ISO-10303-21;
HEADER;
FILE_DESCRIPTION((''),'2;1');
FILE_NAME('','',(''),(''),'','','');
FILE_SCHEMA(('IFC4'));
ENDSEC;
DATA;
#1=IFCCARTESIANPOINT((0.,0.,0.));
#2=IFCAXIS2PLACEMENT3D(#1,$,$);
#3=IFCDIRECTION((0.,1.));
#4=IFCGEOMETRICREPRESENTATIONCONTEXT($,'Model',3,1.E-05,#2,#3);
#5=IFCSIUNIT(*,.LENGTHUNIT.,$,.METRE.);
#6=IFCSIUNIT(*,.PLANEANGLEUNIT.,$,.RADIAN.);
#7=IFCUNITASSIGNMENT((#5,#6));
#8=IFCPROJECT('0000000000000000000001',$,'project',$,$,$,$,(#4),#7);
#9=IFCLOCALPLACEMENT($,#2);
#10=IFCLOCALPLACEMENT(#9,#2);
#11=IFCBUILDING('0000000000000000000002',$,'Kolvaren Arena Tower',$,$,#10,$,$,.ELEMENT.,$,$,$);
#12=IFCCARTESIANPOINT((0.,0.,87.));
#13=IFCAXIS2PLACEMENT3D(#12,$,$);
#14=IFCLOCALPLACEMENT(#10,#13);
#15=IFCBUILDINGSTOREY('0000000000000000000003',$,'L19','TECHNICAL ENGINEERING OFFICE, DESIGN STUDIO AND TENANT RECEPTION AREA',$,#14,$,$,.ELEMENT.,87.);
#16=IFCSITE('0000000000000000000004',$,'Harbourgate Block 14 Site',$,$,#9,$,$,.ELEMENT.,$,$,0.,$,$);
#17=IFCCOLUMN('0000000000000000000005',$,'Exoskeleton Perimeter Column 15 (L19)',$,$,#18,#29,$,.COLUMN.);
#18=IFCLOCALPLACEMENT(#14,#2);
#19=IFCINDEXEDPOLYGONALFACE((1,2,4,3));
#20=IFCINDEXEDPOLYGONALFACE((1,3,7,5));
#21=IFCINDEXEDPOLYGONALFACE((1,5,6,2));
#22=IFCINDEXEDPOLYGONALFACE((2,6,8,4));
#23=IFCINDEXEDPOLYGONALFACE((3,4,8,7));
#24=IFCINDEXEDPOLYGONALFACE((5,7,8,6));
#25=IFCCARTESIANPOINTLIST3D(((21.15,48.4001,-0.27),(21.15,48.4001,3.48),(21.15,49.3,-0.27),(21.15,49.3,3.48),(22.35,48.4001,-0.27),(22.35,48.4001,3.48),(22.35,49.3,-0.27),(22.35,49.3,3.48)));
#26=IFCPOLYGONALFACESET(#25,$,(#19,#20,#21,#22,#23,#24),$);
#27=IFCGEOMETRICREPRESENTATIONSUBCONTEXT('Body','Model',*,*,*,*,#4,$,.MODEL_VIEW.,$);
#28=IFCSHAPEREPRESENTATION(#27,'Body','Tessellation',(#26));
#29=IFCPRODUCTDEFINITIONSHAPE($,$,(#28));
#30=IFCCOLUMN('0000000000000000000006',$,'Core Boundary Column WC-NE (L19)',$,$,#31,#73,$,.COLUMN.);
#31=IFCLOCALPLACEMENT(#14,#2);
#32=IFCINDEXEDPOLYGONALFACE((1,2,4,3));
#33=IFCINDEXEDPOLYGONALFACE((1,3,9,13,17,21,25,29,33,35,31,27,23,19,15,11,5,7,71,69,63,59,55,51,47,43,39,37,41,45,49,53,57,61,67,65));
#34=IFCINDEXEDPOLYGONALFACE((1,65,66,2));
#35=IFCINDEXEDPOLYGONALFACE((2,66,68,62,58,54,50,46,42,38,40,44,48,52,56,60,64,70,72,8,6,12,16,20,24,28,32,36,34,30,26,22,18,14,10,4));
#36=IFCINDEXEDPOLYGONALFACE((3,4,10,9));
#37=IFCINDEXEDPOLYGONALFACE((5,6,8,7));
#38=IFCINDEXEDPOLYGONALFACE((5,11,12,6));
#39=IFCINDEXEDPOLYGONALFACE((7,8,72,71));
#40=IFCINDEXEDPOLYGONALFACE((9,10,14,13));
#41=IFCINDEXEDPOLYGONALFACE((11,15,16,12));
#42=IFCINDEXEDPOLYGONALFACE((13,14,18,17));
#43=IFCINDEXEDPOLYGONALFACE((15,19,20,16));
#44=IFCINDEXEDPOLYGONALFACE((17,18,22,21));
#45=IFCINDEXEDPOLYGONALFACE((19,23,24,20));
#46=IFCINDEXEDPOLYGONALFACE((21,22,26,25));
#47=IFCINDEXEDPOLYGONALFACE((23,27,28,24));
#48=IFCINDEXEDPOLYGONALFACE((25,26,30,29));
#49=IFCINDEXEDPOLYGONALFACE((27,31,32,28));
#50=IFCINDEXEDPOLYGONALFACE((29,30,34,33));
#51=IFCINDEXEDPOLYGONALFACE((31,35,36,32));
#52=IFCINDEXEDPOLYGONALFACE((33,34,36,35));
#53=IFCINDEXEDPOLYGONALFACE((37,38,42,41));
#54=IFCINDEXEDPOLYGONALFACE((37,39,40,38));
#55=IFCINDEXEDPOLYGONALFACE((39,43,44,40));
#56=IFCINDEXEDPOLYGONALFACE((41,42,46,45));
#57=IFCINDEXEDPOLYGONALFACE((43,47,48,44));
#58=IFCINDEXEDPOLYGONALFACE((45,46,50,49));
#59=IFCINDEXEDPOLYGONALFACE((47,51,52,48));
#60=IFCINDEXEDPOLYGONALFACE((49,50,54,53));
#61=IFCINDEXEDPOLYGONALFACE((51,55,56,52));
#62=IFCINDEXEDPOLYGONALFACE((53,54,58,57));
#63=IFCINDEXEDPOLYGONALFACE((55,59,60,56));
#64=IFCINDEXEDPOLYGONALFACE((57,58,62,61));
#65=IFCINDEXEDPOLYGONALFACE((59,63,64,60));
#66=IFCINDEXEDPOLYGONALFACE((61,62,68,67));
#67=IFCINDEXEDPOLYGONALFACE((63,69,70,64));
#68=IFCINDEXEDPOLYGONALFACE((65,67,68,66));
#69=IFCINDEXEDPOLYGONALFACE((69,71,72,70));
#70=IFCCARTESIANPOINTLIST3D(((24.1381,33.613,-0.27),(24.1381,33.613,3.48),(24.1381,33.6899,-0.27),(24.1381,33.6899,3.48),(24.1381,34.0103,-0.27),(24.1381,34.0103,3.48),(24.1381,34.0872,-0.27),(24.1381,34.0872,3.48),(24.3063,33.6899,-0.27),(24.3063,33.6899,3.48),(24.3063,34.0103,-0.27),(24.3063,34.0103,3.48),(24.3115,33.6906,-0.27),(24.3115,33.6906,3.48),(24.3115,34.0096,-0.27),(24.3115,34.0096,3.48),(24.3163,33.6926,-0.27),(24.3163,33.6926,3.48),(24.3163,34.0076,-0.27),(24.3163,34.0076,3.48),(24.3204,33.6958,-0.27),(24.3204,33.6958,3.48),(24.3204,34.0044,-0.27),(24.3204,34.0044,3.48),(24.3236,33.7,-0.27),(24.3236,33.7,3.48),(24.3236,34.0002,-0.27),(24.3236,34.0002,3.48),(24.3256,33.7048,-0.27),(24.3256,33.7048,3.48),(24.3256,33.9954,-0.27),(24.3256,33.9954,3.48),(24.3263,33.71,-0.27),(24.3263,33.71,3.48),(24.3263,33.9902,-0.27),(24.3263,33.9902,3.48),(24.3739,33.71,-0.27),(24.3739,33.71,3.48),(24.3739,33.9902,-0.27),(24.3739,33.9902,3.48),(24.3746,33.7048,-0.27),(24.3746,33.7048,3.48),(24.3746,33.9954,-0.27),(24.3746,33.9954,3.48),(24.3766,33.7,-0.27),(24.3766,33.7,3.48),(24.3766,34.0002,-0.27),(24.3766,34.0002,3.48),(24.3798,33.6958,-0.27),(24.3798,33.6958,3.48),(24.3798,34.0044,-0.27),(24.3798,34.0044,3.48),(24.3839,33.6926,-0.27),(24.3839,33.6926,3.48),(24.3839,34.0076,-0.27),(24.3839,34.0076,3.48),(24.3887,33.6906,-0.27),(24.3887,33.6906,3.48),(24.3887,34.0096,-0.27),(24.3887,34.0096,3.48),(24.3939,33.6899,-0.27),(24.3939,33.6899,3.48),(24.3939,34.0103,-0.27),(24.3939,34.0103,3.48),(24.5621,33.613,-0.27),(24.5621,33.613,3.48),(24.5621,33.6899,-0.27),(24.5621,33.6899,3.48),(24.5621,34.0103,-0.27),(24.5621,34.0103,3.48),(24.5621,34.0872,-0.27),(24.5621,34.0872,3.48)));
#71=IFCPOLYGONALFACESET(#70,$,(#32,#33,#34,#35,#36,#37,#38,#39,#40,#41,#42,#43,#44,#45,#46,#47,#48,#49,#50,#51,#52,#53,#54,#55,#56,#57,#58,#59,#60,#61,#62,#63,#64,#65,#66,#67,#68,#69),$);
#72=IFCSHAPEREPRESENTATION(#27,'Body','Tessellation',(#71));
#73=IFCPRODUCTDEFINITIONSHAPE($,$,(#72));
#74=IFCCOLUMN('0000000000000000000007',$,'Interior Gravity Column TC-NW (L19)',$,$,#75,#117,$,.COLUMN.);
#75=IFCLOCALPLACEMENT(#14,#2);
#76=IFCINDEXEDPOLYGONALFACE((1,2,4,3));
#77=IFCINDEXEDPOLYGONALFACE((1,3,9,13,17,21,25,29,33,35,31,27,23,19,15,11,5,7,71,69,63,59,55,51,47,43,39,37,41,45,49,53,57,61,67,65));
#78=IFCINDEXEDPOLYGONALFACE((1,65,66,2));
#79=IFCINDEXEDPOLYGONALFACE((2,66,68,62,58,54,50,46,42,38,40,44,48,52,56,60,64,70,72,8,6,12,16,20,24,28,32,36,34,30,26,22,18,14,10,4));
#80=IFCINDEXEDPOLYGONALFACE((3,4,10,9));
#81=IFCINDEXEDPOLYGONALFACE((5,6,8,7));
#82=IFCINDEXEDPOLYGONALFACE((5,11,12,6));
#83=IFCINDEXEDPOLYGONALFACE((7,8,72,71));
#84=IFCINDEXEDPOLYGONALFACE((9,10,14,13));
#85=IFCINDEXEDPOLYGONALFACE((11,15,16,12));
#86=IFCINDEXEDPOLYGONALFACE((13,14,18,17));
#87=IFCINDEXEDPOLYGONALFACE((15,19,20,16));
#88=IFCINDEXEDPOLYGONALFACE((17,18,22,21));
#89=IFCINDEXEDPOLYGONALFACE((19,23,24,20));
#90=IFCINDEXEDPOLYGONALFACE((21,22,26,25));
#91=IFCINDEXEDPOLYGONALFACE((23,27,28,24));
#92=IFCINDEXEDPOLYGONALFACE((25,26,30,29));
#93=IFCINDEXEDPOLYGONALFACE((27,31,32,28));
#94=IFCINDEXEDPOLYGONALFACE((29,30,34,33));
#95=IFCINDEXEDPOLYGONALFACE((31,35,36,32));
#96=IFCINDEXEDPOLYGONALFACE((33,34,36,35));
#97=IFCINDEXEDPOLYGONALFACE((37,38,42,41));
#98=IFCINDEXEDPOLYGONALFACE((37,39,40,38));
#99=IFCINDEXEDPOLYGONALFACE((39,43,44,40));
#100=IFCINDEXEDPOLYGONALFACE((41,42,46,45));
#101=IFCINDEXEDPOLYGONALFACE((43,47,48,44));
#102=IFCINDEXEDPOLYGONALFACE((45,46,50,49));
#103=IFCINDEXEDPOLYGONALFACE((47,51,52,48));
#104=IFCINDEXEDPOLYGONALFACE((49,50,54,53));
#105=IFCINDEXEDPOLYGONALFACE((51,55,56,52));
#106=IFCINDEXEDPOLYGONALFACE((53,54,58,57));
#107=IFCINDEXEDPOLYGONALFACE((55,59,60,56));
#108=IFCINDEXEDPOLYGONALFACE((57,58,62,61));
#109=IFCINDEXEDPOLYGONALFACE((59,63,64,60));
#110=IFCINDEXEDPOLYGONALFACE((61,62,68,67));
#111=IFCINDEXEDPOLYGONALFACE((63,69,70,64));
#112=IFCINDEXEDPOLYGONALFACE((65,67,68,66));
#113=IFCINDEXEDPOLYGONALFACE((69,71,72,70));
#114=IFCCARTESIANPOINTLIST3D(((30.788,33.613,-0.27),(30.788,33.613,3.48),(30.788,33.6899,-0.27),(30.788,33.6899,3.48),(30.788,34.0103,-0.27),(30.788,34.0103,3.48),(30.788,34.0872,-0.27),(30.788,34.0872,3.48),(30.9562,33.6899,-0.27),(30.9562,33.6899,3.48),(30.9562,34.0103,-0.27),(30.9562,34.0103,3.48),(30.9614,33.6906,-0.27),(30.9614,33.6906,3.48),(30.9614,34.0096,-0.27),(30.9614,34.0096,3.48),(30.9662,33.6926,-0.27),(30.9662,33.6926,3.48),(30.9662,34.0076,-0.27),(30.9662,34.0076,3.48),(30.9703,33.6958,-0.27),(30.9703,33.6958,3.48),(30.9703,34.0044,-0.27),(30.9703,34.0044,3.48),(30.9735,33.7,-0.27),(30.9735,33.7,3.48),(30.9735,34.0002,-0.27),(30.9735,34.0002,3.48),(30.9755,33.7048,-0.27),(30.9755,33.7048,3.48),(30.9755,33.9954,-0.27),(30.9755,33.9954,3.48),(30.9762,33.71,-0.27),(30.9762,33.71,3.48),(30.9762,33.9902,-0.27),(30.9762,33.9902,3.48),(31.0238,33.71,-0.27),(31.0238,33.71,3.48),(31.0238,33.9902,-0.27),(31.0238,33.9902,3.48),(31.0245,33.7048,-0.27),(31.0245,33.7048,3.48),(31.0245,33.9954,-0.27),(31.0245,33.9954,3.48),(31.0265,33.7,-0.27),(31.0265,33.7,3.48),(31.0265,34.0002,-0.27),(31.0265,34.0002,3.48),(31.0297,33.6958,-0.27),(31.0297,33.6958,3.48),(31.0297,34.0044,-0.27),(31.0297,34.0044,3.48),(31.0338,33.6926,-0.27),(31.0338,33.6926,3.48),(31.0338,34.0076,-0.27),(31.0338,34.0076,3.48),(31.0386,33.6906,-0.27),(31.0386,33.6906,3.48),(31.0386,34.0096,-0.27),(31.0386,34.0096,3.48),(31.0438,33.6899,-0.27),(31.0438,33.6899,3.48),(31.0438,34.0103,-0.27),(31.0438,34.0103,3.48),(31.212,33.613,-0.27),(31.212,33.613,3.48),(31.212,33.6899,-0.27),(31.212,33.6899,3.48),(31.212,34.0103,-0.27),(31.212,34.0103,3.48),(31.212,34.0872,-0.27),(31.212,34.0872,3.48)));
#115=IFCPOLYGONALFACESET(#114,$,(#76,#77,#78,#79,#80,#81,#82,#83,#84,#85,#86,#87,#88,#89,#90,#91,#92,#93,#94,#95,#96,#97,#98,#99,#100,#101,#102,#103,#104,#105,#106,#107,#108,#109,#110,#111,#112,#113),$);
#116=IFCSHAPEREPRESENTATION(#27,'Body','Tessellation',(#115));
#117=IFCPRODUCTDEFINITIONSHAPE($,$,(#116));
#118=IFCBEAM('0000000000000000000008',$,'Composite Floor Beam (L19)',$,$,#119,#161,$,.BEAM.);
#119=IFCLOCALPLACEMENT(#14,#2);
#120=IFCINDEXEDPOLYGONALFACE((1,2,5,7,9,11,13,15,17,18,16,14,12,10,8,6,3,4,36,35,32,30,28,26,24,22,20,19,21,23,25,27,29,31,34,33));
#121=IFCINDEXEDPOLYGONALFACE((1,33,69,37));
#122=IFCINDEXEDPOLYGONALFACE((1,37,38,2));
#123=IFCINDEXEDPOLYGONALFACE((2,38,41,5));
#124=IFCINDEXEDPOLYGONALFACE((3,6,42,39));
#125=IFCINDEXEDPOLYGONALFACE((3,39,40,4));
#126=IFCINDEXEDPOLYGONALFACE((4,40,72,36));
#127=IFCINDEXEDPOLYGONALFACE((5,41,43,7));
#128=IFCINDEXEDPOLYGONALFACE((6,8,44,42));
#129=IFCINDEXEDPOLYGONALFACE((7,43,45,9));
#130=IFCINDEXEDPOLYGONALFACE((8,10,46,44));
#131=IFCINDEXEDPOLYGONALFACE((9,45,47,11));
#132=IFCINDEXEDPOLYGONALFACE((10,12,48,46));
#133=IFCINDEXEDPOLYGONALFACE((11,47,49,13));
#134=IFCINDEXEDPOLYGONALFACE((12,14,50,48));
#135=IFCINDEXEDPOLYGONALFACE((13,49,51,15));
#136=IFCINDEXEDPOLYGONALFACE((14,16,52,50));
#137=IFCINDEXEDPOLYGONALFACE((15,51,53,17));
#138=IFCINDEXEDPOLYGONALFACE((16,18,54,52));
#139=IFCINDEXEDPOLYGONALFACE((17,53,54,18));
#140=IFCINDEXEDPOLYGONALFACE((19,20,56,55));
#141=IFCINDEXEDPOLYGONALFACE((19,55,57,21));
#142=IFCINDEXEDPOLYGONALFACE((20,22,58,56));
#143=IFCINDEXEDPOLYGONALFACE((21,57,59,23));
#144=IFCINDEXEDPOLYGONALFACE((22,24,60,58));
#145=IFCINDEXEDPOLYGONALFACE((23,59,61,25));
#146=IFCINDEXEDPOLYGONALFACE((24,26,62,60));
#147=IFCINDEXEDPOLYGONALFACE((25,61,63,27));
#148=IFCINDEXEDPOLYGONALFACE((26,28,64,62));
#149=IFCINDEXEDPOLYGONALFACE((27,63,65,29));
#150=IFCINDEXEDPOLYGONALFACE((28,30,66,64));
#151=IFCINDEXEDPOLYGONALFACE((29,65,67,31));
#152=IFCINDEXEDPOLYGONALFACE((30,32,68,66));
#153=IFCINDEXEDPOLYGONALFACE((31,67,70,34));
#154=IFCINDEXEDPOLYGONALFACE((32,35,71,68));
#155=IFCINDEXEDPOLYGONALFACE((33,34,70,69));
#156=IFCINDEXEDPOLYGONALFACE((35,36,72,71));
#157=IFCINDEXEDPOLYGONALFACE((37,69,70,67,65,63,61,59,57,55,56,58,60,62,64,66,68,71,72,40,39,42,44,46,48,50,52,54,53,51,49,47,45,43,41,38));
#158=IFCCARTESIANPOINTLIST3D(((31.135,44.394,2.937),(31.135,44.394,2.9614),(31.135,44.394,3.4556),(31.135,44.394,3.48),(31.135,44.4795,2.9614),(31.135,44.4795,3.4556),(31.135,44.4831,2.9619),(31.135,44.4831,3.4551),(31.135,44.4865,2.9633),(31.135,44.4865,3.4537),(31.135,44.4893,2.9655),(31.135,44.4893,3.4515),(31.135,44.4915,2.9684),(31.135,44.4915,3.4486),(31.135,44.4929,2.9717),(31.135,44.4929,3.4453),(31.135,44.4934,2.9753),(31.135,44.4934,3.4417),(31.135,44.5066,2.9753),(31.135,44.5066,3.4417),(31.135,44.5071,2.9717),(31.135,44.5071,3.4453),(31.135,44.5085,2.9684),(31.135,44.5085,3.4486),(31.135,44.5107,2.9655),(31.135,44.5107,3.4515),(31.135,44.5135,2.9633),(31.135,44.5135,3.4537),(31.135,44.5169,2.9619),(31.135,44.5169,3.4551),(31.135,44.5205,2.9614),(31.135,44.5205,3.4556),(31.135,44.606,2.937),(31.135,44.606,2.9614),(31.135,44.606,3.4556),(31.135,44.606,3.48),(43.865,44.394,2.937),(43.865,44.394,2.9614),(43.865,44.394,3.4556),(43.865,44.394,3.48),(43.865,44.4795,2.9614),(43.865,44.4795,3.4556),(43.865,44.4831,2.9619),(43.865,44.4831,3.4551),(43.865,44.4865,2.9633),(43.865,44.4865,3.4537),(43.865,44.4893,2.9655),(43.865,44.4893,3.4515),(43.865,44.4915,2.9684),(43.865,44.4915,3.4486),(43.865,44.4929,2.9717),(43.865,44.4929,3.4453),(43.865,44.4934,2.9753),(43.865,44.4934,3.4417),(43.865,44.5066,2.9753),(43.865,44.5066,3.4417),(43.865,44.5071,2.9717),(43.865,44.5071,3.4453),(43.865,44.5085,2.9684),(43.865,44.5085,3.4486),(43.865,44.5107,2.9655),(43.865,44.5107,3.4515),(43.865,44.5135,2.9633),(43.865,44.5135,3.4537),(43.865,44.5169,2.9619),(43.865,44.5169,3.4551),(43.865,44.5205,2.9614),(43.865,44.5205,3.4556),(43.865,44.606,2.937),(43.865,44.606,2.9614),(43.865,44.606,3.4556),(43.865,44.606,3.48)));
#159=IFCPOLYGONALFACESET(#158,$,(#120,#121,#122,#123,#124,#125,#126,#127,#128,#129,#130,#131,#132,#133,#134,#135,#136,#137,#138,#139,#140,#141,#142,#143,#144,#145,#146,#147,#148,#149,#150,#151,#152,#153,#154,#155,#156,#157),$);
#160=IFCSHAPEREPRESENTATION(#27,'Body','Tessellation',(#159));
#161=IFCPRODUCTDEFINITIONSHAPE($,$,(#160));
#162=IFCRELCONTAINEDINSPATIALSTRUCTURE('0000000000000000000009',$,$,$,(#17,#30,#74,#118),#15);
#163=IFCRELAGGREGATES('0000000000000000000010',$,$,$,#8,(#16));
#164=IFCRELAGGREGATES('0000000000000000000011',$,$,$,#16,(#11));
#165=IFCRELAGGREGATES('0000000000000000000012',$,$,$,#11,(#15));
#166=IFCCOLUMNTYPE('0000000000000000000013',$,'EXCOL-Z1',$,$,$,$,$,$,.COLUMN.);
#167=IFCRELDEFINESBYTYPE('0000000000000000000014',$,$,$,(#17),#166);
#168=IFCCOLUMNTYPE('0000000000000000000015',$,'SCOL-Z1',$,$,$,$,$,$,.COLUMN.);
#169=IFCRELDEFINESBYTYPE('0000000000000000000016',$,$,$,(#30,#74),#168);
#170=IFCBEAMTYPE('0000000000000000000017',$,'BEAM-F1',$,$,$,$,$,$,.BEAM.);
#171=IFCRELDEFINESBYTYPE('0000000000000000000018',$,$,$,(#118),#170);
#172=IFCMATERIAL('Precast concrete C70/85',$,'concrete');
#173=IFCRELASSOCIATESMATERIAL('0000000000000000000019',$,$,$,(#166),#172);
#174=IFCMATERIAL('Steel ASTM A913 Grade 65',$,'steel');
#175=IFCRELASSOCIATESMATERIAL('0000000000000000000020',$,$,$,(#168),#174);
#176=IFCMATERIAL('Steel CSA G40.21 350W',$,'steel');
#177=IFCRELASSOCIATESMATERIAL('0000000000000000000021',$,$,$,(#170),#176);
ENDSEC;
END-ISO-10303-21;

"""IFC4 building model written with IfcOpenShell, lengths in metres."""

from ifc_helpers import new_model, si_unit, direction, frame, origin, origin_2d, place, context, subcontext, project, spatial, rectangle, i_section, extrude, material, material_profile, profile_set, type_object, element, save


model = new_model("IFC4")

# Units and contexts
model_context = context("Model", 3, precision=1e-05, world=origin(), true_north=direction((0.0, 1.0)))
body_context = subcontext(model_context, "Body", "Model", "MODEL_VIEW")
ifc_project = project(units=[si_unit("LENGTHUNIT", "METRE"), si_unit("PLANEANGLEUNIT", "RADIAN")], contexts=[model_context])

# Site, building, storey
site_placement = place(None, origin())
site = spatial("IfcSite", under=ifc_project, at=site_placement, Name="Harbourgate Block 14 Site", CompositionType="ELEMENT", RefElevation=0.0)
building_placement = place(site_placement, origin())
building = spatial("IfcBuilding", under=site, at=building_placement, Name="Kolvaren Arena Tower", CompositionType="ELEMENT")
storey_placement = place(building_placement, frame((0.0, 0.0, 87.0)))
storey = spatial("IfcBuildingStorey", under=building, at=storey_placement, Name="L19", Description="TECHNICAL ENGINEERING OFFICE, DESIGN STUDIO AND TENANT RECEPTION AREA", CompositionType="ELEMENT", Elevation=87.0)

# Columns
ifc_material_1 = material(Name="Precast concrete C70/85", Category="concrete")
ifc_material_profile_1 = material_profile(ifc_material_1, rectangle(XDim=1.2, YDim=0.8999, at=origin_2d()), Name="RC-1200x900")
ifc_profile_set_1 = profile_set([ifc_material_profile_1], Name="Precast concrete C70/85")
column_type_1 = type_object("IfcColumnType", Name="EXCOL-Z1", PredefinedType="COLUMN", material=ifc_profile_set_1)
column_placement = place(storey_placement, frame((21.75, 48.8501, -0.27), z_axis=(0.0, 0.0, 1.0), x_axis=(1.0, 0.0, 0.0)))
element("IfcColumn", 1, at=column_placement, inside=storey, type_object=column_type_1, Name="Exoskeleton Perimeter Column 15 (L19)", PredefinedType="COLUMN", context=body_context, shape_type="SweptSolid", body=[
    extrude(rectangle(XDim=1.2, YDim=0.8999, at=origin_2d()), origin(), (0.0, 0.0, 1.0), 3.75),
])
ifc_material_2 = material(Name="Steel ASTM A913 Grade 65", Category="steel")
ifc_material_profile_2 = material_profile(ifc_material_2, i_section(OverallWidth=0.4241, OverallDepth=0.4741, WebThickness=0.0476, FlangeThickness=0.0769, FilletRadius=0.02, at=origin_2d()), Name="W360x634")
ifc_profile_set_2 = profile_set([ifc_material_profile_2], Name="Steel ASTM A913 Grade 65")
column_type_2 = type_object("IfcColumnType", Name="SCOL-Z1", PredefinedType="COLUMN", material=ifc_profile_set_2)
for number, where, z_axis, x_axis, name in (
    (2, (24.3501, 33.8501, -0.27), (0.0, 0.0, 1.0), (1.0, 0.0, 0.0), "Core Boundary Column WC-NE (L19)"),
    (3, (31.0, 33.8501, -0.27), (0.0, 0.0, 1.0), (1.0, 0.0, 0.0), "Interior Gravity Column TC-NW (L19)"),
):
    element("IfcColumn", number, at=place(storey_placement, frame(where, z_axis=z_axis, x_axis=x_axis)), inside=storey, type_object=column_type_2, Name=name, PredefinedType="COLUMN", context=body_context, shape_type="SweptSolid", body=[
        extrude(i_section(OverallWidth=0.4241, OverallDepth=0.4741, WebThickness=0.0476, FlangeThickness=0.0769, FilletRadius=0.02, at=origin_2d()), origin(), (0.0, 0.0, 1.0), 3.75),
    ])

# Beam
ifc_material_3 = material(Name="Steel CSA G40.21 350W", Category="steel")
ifc_material_profile_3 = material_profile(ifc_material_3, i_section(OverallWidth=0.2119, OverallDepth=0.543, WebThickness=0.0132, FlangeThickness=0.0244, FilletRadius=0.0139, at=origin_2d()), Name="W530x150")
ifc_profile_set_3 = profile_set([ifc_material_profile_3], Name="Steel CSA G40.21 350W")
beam_type_1 = type_object("IfcBeamType", Name="BEAM-F1", PredefinedType="BEAM", material=ifc_profile_set_3)
beam_1_placement = place(storey_placement, frame((31.135, 44.5, 3.2085), z_axis=(1.0, 0.0, 0.0), x_axis=(0.0, 1.0, 0.0)))
element("IfcBeam", 4, at=beam_1_placement, inside=storey, type_object=beam_type_1, Name="Composite Floor Beam (L19)", PredefinedType="BEAM", context=body_context, shape_type="SweptSolid", body=[
    extrude(i_section(OverallWidth=0.2119, OverallDepth=0.543, WebThickness=0.0132, FlangeThickness=0.0244, FilletRadius=0.0139, at=origin_2d()), origin(), (0.0, 0.0, 1.0), 12.73),
])

save(model, "model.ifc")
